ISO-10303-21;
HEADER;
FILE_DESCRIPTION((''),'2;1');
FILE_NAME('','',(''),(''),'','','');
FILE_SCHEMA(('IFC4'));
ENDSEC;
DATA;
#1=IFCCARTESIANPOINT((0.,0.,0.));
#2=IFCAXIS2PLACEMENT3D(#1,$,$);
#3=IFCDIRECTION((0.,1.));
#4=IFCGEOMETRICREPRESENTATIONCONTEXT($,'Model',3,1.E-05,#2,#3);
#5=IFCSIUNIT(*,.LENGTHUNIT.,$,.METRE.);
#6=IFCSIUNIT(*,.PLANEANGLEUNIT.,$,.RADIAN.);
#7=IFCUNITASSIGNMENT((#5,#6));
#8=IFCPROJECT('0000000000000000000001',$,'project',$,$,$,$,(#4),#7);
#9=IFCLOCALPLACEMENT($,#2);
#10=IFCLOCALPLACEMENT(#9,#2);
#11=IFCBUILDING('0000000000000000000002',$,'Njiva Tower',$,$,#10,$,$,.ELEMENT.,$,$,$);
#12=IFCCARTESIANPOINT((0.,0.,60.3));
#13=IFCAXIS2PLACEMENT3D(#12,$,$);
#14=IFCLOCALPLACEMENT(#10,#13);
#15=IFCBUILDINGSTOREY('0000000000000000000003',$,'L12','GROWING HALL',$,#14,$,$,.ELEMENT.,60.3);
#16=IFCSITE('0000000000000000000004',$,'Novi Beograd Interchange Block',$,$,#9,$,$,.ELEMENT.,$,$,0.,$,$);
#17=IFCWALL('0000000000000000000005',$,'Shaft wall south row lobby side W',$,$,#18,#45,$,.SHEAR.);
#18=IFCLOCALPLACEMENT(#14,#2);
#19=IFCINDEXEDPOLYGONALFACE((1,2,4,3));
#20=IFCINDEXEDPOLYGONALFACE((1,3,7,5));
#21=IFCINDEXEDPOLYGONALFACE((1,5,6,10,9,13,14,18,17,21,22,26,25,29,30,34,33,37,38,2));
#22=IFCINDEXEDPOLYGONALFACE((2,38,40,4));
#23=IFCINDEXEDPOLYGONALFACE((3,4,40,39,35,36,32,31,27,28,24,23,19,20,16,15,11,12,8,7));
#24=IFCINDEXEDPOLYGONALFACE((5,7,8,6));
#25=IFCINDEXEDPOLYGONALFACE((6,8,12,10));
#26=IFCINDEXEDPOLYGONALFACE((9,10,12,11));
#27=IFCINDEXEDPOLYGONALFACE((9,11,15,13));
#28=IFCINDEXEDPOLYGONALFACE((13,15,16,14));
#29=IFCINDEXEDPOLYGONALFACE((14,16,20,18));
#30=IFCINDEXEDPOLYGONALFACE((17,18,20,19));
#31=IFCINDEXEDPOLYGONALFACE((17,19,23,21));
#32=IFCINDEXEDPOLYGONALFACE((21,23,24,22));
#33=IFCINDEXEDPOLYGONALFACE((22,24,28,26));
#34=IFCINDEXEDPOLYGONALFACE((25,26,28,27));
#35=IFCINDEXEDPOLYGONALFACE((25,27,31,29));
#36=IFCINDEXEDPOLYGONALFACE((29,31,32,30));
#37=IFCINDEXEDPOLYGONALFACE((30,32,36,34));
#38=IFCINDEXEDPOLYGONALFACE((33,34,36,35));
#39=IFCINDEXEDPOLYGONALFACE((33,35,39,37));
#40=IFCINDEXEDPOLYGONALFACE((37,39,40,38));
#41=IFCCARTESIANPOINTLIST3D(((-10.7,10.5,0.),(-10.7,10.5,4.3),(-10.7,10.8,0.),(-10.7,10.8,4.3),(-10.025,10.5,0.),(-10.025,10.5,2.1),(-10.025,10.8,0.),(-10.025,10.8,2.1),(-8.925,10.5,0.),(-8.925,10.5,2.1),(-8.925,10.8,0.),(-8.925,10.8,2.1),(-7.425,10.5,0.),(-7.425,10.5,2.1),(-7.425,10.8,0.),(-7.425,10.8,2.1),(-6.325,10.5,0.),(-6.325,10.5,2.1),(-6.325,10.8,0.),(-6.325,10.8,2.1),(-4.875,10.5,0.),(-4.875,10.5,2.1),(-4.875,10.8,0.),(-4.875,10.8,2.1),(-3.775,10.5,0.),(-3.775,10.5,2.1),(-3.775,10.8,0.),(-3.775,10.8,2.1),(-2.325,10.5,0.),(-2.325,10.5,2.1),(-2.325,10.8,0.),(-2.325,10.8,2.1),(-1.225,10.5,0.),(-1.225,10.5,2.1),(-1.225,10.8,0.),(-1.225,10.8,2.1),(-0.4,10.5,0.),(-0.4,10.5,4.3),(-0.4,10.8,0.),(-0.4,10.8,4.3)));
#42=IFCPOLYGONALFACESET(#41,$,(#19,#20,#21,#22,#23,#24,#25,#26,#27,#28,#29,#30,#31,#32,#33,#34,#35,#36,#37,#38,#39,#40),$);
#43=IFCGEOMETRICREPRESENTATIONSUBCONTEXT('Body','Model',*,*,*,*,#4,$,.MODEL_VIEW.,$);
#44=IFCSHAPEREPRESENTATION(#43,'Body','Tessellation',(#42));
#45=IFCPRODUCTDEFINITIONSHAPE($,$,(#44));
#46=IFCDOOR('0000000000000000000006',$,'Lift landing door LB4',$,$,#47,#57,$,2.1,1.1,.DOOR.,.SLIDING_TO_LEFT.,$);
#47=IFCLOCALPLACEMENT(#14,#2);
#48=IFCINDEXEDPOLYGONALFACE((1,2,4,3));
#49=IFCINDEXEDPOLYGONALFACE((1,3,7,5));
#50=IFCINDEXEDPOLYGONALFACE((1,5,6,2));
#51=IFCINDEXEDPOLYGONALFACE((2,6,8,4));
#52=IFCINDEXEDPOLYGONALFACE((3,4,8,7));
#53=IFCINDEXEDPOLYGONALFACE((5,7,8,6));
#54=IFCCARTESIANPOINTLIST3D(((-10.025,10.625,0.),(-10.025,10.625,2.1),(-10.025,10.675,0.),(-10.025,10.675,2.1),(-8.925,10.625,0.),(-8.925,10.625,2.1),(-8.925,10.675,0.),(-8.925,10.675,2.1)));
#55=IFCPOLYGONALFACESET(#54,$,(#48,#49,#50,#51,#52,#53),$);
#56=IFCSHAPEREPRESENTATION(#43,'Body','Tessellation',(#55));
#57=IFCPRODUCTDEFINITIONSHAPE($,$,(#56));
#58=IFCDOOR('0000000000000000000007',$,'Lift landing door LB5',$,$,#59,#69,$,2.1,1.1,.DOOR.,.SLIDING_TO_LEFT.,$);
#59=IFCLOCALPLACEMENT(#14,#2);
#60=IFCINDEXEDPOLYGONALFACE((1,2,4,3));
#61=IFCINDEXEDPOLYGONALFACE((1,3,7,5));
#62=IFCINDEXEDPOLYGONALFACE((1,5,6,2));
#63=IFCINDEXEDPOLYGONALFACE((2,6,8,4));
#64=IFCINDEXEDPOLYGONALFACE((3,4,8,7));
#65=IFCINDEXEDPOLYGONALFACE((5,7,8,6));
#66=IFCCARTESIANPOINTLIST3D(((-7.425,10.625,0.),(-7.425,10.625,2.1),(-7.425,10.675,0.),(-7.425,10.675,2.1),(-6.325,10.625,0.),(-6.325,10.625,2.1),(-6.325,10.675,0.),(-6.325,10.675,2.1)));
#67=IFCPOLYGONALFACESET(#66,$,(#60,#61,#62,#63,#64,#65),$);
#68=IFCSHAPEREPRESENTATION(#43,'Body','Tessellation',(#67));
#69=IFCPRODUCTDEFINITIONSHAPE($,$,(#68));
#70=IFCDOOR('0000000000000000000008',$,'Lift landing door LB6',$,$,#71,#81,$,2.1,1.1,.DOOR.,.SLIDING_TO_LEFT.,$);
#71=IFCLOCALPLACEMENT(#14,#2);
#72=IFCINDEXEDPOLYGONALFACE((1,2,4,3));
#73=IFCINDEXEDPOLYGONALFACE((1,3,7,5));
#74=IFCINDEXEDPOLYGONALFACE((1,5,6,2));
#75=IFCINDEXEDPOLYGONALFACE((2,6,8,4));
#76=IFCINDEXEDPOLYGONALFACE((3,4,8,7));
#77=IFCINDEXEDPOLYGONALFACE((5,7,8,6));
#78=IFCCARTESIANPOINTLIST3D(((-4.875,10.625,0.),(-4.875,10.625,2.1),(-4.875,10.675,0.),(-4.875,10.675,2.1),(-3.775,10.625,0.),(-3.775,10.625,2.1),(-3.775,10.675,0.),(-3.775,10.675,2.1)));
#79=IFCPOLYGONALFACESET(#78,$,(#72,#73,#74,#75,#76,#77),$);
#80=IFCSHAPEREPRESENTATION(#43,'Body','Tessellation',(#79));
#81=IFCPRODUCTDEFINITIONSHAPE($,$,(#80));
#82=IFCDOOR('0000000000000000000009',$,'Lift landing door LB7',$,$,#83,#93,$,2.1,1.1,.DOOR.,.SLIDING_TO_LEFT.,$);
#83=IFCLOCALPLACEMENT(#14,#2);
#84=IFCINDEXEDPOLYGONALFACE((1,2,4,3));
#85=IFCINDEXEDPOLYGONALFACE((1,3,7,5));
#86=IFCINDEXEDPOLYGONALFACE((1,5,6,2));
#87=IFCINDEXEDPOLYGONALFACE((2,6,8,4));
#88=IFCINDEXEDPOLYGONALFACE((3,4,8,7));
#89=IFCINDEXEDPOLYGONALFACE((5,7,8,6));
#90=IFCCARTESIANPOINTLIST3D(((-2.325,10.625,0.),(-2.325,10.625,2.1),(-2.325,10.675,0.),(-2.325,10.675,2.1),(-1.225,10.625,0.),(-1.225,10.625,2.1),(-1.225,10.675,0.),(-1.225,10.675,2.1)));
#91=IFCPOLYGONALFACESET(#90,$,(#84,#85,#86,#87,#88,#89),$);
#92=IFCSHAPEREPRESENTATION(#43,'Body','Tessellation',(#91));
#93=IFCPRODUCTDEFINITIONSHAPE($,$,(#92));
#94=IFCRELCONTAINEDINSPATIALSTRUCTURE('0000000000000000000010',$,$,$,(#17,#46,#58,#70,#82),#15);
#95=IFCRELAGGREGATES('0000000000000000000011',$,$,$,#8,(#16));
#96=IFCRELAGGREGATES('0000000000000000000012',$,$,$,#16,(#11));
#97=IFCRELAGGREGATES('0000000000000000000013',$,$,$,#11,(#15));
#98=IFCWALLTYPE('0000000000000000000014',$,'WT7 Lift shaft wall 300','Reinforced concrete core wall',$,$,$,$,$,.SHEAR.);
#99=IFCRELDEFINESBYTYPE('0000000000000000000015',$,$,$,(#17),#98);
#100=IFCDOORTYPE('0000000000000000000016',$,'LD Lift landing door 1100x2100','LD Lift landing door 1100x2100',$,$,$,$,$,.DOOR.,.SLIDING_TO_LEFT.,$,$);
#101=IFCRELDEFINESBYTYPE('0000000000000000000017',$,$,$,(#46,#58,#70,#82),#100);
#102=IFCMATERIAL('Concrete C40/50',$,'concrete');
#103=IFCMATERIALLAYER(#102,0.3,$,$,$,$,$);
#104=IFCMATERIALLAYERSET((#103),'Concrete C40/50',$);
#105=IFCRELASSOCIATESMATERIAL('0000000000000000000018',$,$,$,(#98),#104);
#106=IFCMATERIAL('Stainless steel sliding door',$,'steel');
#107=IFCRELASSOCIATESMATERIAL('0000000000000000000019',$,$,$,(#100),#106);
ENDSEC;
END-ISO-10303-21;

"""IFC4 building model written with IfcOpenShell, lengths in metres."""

from ifc_helpers import new_model, si_unit, direction, frame, frame_2d, origin, place, context, subcontext, project, spatial, rectangle, extrude, material, layer, layer_set, type_object, element, fill, save


model = new_model("IFC4")

# Units and contexts
model_context = context("Model", 3, precision=1e-05, world=origin(), true_north=direction((0.0, 1.0)))
body_context = subcontext(model_context, "Body", "Model", "MODEL_VIEW")
ifc_project = project(units=[si_unit("LENGTHUNIT", "METRE"), si_unit("PLANEANGLEUNIT", "RADIAN")], contexts=[model_context])

# Site, building, storey
site_placement = place(None, origin())
site = spatial("IfcSite", under=ifc_project, at=site_placement, Name="Novi Beograd Interchange Block", CompositionType="ELEMENT", RefElevation=0.0)
building_placement = place(site_placement, origin())
building = spatial("IfcBuilding", under=site, at=building_placement, Name="Njiva Tower", CompositionType="ELEMENT")
storey_placement = place(building_placement, frame((0.0, 0.0, 60.3)))
storey = spatial("IfcBuildingStorey", under=building, at=storey_placement, Name="L12", Description="GROWING HALL", CompositionType="ELEMENT", Elevation=60.3)

# Shared definitions
ifc_material_1 = material(Name="Concrete C40/50", Category="concrete")

# Wall, openings, doors
ifc_layer_1 = layer(ifc_material_1, 0.3)
ifc_layer_set_1 = layer_set([ifc_layer_1], Name="Concrete C40/50")
wall_type_1 = type_object("IfcWallType", Name="WT7 Lift shaft wall 300", Description="Reinforced concrete core wall", PredefinedType="SHEAR", material=ifc_layer_set_1)
ifc_material_2 = material(Name="Stainless steel sliding door", Category="steel")
door_type_1 = type_object("IfcDoorType", Name="LD Lift landing door 1100x2100", Description="LD Lift landing door 1100x2100", OperationType="SLIDING_TO_LEFT", PredefinedType="DOOR", material=ifc_material_2)
wall_1_placement = place(storey_placement, frame((-10.7, 10.65, 0.0), z_axis=(0.0, 0.0, 1.0), x_axis=(1.0, 0.0, 0.0)))
wall_1 = element("IfcWall", 1, at=wall_1_placement, inside=storey, type_object=wall_type_1, Name="Shaft wall south row lobby side W", PredefinedType="SHEAR", context=body_context, shape_type="SweptSolid", body=[
    extrude(rectangle(XDim=10.3, YDim=0.3, at=frame_2d((5.15, 0.0))), origin(), (0.0, 0.0, 1.0), 4.3),
])
opening_1_placement = place(wall_1_placement, frame((0.675, 0.0, 0.0)))
opening_1 = element("IfcOpeningElement", 2, at=opening_1_placement, cuts=wall_1, PredefinedType="OPENING", context=body_context, shape_type="SweptSolid", body=[
    extrude(rectangle(XDim=1.1, YDim=2.1, at=frame_2d((0.55, 1.05))), frame((0.0, 0.16, 0.0), z_axis=(0.0, -1.0, 0.0), x_axis=(1.0, 0.0, 0.0)), (0.0, 0.0, 1.0), 0.32),
])
opening_2_placement = place(wall_1_placement, frame((3.275, 0.0, 0.0)))
opening_2 = element("IfcOpeningElement", 3, at=opening_2_placement, cuts=wall_1, PredefinedType="OPENING", context=body_context, shape_type="SweptSolid", body=[
    extrude(rectangle(XDim=1.1, YDim=2.1, at=frame_2d((0.55, 1.05))), frame((0.0, 0.16, 0.0), z_axis=(0.0, -1.0, 0.0), x_axis=(1.0, 0.0, 0.0)), (0.0, 0.0, 1.0), 0.32),
])
opening_3_placement = place(wall_1_placement, frame((5.825, 0.0, 0.0)))
opening_3 = element("IfcOpeningElement", 4, at=opening_3_placement, cuts=wall_1, PredefinedType="OPENING", context=body_context, shape_type="SweptSolid", body=[
    extrude(rectangle(XDim=1.1, YDim=2.1, at=frame_2d((0.55, 1.05))), frame((0.0, 0.16, 0.0), z_axis=(0.0, -1.0, 0.0), x_axis=(1.0, 0.0, 0.0)), (0.0, 0.0, 1.0), 0.32),
])
opening_4_placement = place(wall_1_placement, frame((8.375, 0.0, 0.0)))
opening_4 = element("IfcOpeningElement", 5, at=opening_4_placement, cuts=wall_1, PredefinedType="OPENING", context=body_context, shape_type="SweptSolid", body=[
    extrude(rectangle(XDim=1.1, YDim=2.1, at=frame_2d((0.55, 1.05))), frame((0.0, 0.16, 0.0), z_axis=(0.0, -1.0, 0.0), x_axis=(1.0, 0.0, 0.0)), (0.0, 0.0, 1.0), 0.32),
])
door_1_placement = place(opening_1_placement, origin())
door_1 = element("IfcDoor", 6, at=door_1_placement, inside=storey, type_object=door_type_1, Name="Lift landing door LB4", OperationType="SLIDING_TO_LEFT", OverallHeight=2.1, OverallWidth=1.1, PredefinedType="DOOR", context=body_context, shape_type="SweptSolid", body=[
    extrude(rectangle(XDim=1.1, YDim=2.1, at=frame_2d((0.55, 1.05))), frame((0.0, 0.025, 0.0), z_axis=(0.0, -1.0, 0.0), x_axis=(1.0, 0.0, 0.0)), (0.0, 0.0, 1.0), 0.05),
])
fill(opening_1, door_1)
door_2_placement = place(opening_2_placement, origin())
door_2 = element("IfcDoor", 7, at=door_2_placement, inside=storey, type_object=door_type_1, Name="Lift landing door LB5", OperationType="SLIDING_TO_LEFT", OverallHeight=2.1, OverallWidth=1.1, PredefinedType="DOOR", context=body_context, shape_type="SweptSolid", body=[
    extrude(rectangle(XDim=1.1, YDim=2.1, at=frame_2d((0.55, 1.05))), frame((0.0, 0.025, 0.0), z_axis=(0.0, -1.0, 0.0), x_axis=(1.0, 0.0, 0.0)), (0.0, 0.0, 1.0), 0.05),
])
fill(opening_2, door_2)
door_3_placement = place(opening_3_placement, origin())
door_3 = element("IfcDoor", 8, at=door_3_placement, inside=storey, type_object=door_type_1, Name="Lift landing door LB6", OperationType="SLIDING_TO_LEFT", OverallHeight=2.1, OverallWidth=1.1, PredefinedType="DOOR", context=body_context, shape_type="SweptSolid", body=[
    extrude(rectangle(XDim=1.1, YDim=2.1, at=frame_2d((0.55, 1.05))), frame((0.0, 0.025, 0.0), z_axis=(0.0, -1.0, 0.0), x_axis=(1.0, 0.0, 0.0)), (0.0, 0.0, 1.0), 0.05),
])
fill(opening_3, door_3)
door_4_placement = place(opening_4_placement, origin())
door_4 = element("IfcDoor", 9, at=door_4_placement, inside=storey, type_object=door_type_1, Name="Lift landing door LB7", OperationType="SLIDING_TO_LEFT", OverallHeight=2.1, OverallWidth=1.1, PredefinedType="DOOR", context=body_context, shape_type="SweptSolid", body=[
    extrude(rectangle(XDim=1.1, YDim=2.1, at=frame_2d((0.55, 1.05))), frame((0.0, 0.025, 0.0), z_axis=(0.0, -1.0, 0.0), x_axis=(1.0, 0.0, 0.0)), (0.0, 0.0, 1.0), 0.05),
])
fill(opening_4, door_4)

save(model, "model.ifc")
